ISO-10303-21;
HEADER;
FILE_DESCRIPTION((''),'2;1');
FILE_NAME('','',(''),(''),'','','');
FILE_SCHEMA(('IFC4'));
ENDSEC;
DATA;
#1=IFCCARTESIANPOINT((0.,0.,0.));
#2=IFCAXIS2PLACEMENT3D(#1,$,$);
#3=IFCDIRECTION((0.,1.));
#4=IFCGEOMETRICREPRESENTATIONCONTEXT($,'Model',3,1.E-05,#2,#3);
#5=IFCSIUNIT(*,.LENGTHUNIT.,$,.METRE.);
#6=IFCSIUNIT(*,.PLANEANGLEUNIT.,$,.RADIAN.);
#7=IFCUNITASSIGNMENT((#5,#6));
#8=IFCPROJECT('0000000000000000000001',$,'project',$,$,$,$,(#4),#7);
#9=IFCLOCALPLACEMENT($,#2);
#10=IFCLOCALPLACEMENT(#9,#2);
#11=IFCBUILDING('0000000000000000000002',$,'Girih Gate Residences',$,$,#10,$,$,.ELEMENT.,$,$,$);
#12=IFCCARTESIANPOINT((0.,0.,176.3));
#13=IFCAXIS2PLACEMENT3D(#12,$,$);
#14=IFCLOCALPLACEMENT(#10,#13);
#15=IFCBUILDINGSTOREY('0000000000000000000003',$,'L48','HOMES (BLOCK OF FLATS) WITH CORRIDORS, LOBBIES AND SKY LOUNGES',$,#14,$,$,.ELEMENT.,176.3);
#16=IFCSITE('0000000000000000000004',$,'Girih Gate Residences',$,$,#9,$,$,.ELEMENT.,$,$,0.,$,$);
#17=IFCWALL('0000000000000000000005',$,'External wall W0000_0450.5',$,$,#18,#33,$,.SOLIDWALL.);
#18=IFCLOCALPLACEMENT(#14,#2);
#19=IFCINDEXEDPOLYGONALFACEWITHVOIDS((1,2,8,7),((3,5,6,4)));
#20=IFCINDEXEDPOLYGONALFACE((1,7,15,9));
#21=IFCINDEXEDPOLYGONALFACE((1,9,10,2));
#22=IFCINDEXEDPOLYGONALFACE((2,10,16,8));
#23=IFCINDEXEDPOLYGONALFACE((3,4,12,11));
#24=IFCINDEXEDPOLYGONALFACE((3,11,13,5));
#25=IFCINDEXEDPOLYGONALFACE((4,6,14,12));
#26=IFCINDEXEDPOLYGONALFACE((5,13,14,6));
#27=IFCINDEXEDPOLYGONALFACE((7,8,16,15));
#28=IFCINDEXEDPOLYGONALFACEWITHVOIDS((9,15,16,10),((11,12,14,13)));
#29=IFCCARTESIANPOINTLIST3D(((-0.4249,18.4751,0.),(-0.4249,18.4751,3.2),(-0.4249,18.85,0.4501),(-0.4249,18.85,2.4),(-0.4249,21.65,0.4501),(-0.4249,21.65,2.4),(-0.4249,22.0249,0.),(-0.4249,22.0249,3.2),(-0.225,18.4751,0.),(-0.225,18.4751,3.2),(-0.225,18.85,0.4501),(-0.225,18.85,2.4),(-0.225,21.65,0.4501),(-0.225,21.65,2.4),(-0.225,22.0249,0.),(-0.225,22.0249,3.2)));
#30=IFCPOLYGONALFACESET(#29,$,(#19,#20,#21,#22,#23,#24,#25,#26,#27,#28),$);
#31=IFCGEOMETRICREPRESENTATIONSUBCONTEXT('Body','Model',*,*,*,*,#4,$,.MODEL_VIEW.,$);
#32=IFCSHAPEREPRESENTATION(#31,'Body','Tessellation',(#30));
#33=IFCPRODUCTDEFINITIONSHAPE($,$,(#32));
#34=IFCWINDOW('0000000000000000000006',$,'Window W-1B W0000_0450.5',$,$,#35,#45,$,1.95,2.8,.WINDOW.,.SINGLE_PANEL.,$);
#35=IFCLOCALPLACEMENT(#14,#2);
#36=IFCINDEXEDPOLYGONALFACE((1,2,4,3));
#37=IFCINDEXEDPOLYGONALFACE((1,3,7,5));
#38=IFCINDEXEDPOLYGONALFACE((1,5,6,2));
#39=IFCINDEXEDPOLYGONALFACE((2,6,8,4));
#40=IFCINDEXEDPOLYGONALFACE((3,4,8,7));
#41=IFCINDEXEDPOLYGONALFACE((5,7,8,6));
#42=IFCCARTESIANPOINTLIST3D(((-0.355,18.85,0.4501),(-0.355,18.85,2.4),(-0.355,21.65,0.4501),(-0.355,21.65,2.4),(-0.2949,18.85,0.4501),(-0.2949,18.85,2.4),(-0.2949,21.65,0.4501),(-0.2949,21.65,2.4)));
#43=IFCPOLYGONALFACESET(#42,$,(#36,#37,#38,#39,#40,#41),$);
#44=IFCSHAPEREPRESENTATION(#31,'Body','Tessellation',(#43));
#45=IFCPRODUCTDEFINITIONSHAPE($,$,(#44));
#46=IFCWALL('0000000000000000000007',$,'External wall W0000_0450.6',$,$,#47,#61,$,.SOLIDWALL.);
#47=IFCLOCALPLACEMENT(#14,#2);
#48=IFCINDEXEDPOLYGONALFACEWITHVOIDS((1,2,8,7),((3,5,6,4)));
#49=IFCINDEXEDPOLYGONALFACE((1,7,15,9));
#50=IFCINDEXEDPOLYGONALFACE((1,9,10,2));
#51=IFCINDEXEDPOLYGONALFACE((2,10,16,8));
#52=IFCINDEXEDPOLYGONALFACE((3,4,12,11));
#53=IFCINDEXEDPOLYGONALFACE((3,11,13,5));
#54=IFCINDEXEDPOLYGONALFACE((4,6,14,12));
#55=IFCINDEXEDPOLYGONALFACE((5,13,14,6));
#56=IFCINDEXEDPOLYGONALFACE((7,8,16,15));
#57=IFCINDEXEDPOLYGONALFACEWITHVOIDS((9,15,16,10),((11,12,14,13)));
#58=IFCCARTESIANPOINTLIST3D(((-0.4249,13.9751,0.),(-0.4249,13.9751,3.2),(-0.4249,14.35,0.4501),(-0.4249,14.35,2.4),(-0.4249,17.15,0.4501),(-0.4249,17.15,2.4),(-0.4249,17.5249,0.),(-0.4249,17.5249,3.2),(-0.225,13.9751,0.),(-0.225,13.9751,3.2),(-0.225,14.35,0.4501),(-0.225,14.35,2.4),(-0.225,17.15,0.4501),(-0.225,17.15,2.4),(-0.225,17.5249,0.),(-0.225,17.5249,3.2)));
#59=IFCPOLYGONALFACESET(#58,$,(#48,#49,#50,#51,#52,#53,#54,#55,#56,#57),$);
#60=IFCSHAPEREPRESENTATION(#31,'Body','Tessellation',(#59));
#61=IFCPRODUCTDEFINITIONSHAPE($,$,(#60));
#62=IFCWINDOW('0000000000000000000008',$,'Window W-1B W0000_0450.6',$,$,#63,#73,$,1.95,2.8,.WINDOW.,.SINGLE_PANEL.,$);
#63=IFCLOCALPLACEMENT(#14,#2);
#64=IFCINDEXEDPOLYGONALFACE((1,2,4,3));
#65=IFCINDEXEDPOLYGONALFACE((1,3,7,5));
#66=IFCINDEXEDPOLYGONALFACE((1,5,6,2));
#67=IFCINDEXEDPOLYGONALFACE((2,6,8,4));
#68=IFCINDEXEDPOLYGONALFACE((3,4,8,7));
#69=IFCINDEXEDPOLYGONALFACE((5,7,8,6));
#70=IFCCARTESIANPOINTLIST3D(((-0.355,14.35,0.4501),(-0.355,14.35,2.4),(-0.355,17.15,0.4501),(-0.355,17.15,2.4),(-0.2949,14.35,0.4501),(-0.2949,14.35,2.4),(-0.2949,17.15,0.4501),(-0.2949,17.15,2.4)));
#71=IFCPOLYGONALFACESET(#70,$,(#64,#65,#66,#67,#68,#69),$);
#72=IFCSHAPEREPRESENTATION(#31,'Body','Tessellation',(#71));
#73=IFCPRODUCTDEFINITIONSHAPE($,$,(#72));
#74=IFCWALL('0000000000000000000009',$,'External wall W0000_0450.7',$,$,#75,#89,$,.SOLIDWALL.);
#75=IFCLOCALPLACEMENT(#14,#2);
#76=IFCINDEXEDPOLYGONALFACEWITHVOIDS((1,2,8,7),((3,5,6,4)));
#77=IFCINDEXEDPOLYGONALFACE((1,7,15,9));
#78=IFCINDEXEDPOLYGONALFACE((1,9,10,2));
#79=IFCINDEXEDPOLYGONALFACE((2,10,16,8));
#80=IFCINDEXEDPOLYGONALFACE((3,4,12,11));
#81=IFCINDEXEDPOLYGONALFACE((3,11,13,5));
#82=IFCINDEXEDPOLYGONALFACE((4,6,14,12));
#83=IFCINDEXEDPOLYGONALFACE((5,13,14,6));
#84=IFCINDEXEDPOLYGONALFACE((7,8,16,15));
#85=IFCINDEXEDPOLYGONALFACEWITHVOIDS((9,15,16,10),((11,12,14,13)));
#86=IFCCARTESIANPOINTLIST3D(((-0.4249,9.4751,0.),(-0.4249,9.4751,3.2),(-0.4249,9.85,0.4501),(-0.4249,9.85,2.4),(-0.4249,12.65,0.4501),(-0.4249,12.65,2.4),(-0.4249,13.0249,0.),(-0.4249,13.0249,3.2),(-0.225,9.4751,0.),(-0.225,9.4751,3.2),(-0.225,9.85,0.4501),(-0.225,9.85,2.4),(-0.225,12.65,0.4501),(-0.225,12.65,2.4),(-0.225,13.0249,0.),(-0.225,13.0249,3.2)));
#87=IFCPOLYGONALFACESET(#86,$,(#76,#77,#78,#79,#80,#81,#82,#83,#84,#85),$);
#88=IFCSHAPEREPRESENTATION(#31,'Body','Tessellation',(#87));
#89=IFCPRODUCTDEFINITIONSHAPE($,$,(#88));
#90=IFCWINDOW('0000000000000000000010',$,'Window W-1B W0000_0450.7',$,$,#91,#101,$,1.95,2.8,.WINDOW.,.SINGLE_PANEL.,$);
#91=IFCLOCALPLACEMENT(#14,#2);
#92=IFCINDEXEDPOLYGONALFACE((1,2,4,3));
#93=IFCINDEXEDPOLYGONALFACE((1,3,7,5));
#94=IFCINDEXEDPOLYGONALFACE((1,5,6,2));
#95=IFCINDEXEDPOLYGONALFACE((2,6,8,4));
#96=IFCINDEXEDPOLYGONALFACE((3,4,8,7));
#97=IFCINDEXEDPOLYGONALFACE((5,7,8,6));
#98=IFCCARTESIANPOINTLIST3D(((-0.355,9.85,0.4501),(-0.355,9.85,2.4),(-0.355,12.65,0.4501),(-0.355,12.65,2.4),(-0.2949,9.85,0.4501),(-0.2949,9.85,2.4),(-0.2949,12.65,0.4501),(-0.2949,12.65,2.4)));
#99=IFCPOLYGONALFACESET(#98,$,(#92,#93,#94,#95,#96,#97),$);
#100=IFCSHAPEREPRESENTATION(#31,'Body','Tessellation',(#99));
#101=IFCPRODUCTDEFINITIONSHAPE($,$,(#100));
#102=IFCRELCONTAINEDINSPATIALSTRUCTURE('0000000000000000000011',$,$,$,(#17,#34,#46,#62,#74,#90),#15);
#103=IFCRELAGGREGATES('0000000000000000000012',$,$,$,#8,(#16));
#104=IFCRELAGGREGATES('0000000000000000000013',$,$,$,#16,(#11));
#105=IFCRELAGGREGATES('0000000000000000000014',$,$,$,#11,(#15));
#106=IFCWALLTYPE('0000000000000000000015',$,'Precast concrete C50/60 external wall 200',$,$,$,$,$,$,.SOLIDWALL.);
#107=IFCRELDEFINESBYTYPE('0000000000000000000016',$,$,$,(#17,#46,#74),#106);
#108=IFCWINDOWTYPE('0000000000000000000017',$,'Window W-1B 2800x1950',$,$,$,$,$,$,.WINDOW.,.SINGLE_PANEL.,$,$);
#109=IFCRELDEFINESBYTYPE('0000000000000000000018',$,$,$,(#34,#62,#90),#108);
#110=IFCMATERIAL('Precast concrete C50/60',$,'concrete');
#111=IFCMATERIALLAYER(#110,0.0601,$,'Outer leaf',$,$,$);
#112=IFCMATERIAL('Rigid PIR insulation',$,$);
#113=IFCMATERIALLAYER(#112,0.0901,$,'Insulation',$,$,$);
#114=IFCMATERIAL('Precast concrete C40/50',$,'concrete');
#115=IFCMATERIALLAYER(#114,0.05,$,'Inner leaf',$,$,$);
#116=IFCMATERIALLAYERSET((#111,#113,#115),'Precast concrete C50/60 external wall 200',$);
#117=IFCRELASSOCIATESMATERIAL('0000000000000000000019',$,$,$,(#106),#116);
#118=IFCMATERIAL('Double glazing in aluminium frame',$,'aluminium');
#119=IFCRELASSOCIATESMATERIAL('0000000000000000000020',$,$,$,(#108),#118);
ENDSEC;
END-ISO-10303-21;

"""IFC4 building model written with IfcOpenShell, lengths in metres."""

from ifc_helpers import new_model, si_unit, direction, frame, frame_2d, origin, place, context, subcontext, project, spatial, rectangle, extrude, material, layer, layer_set, type_object, element, fill, save


model = new_model("IFC4")

# Units and contexts
model_context = context("Model", 3, precision=1e-05, world=origin(), true_north=direction((0.0, 1.0)))
body_context = subcontext(model_context, "Body", "Model", "MODEL_VIEW")
ifc_project = project(units=[si_unit("LENGTHUNIT", "METRE"), si_unit("PLANEANGLEUNIT", "RADIAN")], contexts=[model_context])

# Site, building, storey
site_placement = place(None, origin())
site = spatial("IfcSite", under=ifc_project, at=site_placement, Name="Girih Gate Residences", CompositionType="ELEMENT", RefElevation=0.0)
building_placement = place(site_placement, origin())
building = spatial("IfcBuilding", under=site, at=building_placement, Name="Girih Gate Residences", CompositionType="ELEMENT")
storey_placement = place(building_placement, frame((0.0, 0.0, 176.3)))
storey = spatial("IfcBuildingStorey", under=building, at=storey_placement, Name="L48", Description="HOMES (BLOCK OF FLATS) WITH CORRIDORS, LOBBIES AND SKY LOUNGES", CompositionType="ELEMENT", Elevation=176.3)

# Walls, openings, windows
ifc_material_1 = material(Name="Precast concrete C50/60", Category="concrete")
ifc_layer_1 = layer(ifc_material_1, 0.0601, Name="Outer leaf")
ifc_material_2 = material(Name="Rigid PIR insulation")
ifc_layer_2 = layer(ifc_material_2, 0.0901, Name="Insulation")
ifc_material_3 = material(Name="Precast concrete C40/50", Category="concrete")
ifc_layer_3 = layer(ifc_material_3, 0.05, Name="Inner leaf")
ifc_layer_set_1 = layer_set([ifc_layer_1, ifc_layer_2, ifc_layer_3], Name="Precast concrete C50/60 external wall 200")
wall_type_1 = type_object("IfcWallType", Name="Precast concrete C50/60 external wall 200", PredefinedType="SOLIDWALL", material=ifc_layer_set_1)
wall_1_placement = place(storey_placement, frame((-0.325, 18.4751, 0.0), z_axis=(0.0, 0.0, 1.0), x_axis=(0.0, 1.0, 0.0)))
wall_1 = element("IfcWall", 1, at=wall_1_placement, inside=storey, type_object=wall_type_1, Name="External wall W0000_0450.5", PredefinedType="SOLIDWALL", context=body_context, shape_type="SweptSolid", body=[
    extrude(rectangle(XDim=3.5498, YDim=0.2, at=frame_2d((1.7749, 0.0))), origin(), (0.0, 0.0, 1.0), 3.2),
])
opening_1_placement = place(wall_1_placement, frame((0.375, 0.0, 0.45)))
opening_1 = element("IfcOpeningElement", 2, at=opening_1_placement, cuts=wall_1, PredefinedType="OPENING", context=body_context, shape_type="SweptSolid", body=[
    extrude(rectangle(XDim=2.8, YDim=1.95, at=frame_2d((1.3999, 0.9751))), frame((0.0, 0.1099, 0.0), z_axis=(0.0, -1.0, 0.0), x_axis=(1.0, 0.0, 0.0)), (0.0, 0.0, 1.0), 0.22),
])
ifc_material_4 = material(Name="Double glazing in aluminium frame", Category="aluminium")
window_type = type_object("IfcWindowType", Name="Window W-1B 2800x1950", PartitioningType="SINGLE_PANEL", PredefinedType="WINDOW", material=ifc_material_4)
window_1_placement = place(opening_1_placement, origin())
window_1 = element("IfcWindow", 3, at=window_1_placement, inside=storey, type_object=window_type, Name="Window W-1B W0000_0450.5", OverallHeight=1.95, OverallWidth=2.8, PartitioningType="SINGLE_PANEL", PredefinedType="WINDOW", context=body_context, shape_type="SweptSolid", body=[
    extrude(rectangle(XDim=2.8, YDim=1.95, at=frame_2d((1.3999, 0.9751))), frame((0.0, 0.03, 0.0), z_axis=(0.0, -1.0, 0.0), x_axis=(1.0, 0.0, 0.0)), (0.0, 0.0, 1.0), 0.0601),
])
fill(opening_1, window_1)
wall_2_placement = place(storey_placement, frame((-0.325, 13.9751, 0.0), z_axis=(0.0, 0.0, 1.0), x_axis=(0.0, 1.0, 0.0)))
wall_2 = element("IfcWall", 4, at=wall_2_placement, inside=storey, type_object=wall_type_1, Name="External wall W0000_0450.6", PredefinedType="SOLIDWALL", context=body_context, shape_type="SweptSolid", body=[
    extrude(rectangle(XDim=3.5498, YDim=0.2, at=frame_2d((1.7749, 0.0))), origin(), (0.0, 0.0, 1.0), 3.2),
])
opening_2_placement = place(wall_2_placement, frame((0.375, 0.0, 0.45)))
opening_2 = element("IfcOpeningElement", 5, at=opening_2_placement, cuts=wall_2, PredefinedType="OPENING", context=body_context, shape_type="SweptSolid", body=[
    extrude(rectangle(XDim=2.8, YDim=1.95, at=frame_2d((1.3999, 0.9751))), frame((0.0, 0.1099, 0.0), z_axis=(0.0, -1.0, 0.0), x_axis=(1.0, 0.0, 0.0)), (0.0, 0.0, 1.0), 0.22),
])
window_2_placement = place(opening_2_placement, origin())
window_2 = element("IfcWindow", 6, at=window_2_placement, inside=storey, type_object=window_type, Name="Window W-1B W0000_0450.6", OverallHeight=1.95, OverallWidth=2.8, PartitioningType="SINGLE_PANEL", PredefinedType="WINDOW", context=body_context, shape_type="SweptSolid", body=[
    extrude(rectangle(XDim=2.8, YDim=1.95, at=frame_2d((1.3999, 0.9751))), frame((0.0, 0.03, 0.0), z_axis=(0.0, -1.0, 0.0), x_axis=(1.0, 0.0, 0.0)), (0.0, 0.0, 1.0), 0.0601),
])
fill(opening_2, window_2)
wall_3_placement = place(storey_placement, frame((-0.325, 9.4751, 0.0), z_axis=(0.0, 0.0, 1.0), x_axis=(0.0, 1.0, 0.0)))
wall_3 = element("IfcWall", 7, at=wall_3_placement, inside=storey, type_object=wall_type_1, Name="External wall W0000_0450.7", PredefinedType="SOLIDWALL", context=body_context, shape_type="SweptSolid", body=[
    extrude(rectangle(XDim=3.5498, YDim=0.2, at=frame_2d((1.7749, 0.0))), origin(), (0.0, 0.0, 1.0), 3.2),
])
opening_3_placement = place(wall_3_placement, frame((0.375, 0.0, 0.45)))
opening_3 = element("IfcOpeningElement", 8, at=opening_3_placement, cuts=wall_3, PredefinedType="OPENING", context=body_context, shape_type="SweptSolid", body=[
    extrude(rectangle(XDim=2.8, YDim=1.95, at=frame_2d((1.3999, 0.9751))), frame((0.0, 0.1099, 0.0), z_axis=(0.0, -1.0, 0.0), x_axis=(1.0, 0.0, 0.0)), (0.0, 0.0, 1.0), 0.22),
])
window_3_placement = place(opening_3_placement, origin())
window_3 = element("IfcWindow", 9, at=window_3_placement, inside=storey, type_object=window_type, Name="Window W-1B W0000_0450.7", OverallHeight=1.95, OverallWidth=2.8, PartitioningType="SINGLE_PANEL", PredefinedType="WINDOW", context=body_context, shape_type="SweptSolid", body=[
    extrude(rectangle(XDim=2.8, YDim=1.95, at=frame_2d((1.3999, 0.9751))), frame((0.0, 0.03, 0.0), z_axis=(0.0, -1.0, 0.0), x_axis=(1.0, 0.0, 0.0)), (0.0, 0.0, 1.0), 0.0601),
])
fill(opening_3, window_3)

save(model, "model.ifc")
